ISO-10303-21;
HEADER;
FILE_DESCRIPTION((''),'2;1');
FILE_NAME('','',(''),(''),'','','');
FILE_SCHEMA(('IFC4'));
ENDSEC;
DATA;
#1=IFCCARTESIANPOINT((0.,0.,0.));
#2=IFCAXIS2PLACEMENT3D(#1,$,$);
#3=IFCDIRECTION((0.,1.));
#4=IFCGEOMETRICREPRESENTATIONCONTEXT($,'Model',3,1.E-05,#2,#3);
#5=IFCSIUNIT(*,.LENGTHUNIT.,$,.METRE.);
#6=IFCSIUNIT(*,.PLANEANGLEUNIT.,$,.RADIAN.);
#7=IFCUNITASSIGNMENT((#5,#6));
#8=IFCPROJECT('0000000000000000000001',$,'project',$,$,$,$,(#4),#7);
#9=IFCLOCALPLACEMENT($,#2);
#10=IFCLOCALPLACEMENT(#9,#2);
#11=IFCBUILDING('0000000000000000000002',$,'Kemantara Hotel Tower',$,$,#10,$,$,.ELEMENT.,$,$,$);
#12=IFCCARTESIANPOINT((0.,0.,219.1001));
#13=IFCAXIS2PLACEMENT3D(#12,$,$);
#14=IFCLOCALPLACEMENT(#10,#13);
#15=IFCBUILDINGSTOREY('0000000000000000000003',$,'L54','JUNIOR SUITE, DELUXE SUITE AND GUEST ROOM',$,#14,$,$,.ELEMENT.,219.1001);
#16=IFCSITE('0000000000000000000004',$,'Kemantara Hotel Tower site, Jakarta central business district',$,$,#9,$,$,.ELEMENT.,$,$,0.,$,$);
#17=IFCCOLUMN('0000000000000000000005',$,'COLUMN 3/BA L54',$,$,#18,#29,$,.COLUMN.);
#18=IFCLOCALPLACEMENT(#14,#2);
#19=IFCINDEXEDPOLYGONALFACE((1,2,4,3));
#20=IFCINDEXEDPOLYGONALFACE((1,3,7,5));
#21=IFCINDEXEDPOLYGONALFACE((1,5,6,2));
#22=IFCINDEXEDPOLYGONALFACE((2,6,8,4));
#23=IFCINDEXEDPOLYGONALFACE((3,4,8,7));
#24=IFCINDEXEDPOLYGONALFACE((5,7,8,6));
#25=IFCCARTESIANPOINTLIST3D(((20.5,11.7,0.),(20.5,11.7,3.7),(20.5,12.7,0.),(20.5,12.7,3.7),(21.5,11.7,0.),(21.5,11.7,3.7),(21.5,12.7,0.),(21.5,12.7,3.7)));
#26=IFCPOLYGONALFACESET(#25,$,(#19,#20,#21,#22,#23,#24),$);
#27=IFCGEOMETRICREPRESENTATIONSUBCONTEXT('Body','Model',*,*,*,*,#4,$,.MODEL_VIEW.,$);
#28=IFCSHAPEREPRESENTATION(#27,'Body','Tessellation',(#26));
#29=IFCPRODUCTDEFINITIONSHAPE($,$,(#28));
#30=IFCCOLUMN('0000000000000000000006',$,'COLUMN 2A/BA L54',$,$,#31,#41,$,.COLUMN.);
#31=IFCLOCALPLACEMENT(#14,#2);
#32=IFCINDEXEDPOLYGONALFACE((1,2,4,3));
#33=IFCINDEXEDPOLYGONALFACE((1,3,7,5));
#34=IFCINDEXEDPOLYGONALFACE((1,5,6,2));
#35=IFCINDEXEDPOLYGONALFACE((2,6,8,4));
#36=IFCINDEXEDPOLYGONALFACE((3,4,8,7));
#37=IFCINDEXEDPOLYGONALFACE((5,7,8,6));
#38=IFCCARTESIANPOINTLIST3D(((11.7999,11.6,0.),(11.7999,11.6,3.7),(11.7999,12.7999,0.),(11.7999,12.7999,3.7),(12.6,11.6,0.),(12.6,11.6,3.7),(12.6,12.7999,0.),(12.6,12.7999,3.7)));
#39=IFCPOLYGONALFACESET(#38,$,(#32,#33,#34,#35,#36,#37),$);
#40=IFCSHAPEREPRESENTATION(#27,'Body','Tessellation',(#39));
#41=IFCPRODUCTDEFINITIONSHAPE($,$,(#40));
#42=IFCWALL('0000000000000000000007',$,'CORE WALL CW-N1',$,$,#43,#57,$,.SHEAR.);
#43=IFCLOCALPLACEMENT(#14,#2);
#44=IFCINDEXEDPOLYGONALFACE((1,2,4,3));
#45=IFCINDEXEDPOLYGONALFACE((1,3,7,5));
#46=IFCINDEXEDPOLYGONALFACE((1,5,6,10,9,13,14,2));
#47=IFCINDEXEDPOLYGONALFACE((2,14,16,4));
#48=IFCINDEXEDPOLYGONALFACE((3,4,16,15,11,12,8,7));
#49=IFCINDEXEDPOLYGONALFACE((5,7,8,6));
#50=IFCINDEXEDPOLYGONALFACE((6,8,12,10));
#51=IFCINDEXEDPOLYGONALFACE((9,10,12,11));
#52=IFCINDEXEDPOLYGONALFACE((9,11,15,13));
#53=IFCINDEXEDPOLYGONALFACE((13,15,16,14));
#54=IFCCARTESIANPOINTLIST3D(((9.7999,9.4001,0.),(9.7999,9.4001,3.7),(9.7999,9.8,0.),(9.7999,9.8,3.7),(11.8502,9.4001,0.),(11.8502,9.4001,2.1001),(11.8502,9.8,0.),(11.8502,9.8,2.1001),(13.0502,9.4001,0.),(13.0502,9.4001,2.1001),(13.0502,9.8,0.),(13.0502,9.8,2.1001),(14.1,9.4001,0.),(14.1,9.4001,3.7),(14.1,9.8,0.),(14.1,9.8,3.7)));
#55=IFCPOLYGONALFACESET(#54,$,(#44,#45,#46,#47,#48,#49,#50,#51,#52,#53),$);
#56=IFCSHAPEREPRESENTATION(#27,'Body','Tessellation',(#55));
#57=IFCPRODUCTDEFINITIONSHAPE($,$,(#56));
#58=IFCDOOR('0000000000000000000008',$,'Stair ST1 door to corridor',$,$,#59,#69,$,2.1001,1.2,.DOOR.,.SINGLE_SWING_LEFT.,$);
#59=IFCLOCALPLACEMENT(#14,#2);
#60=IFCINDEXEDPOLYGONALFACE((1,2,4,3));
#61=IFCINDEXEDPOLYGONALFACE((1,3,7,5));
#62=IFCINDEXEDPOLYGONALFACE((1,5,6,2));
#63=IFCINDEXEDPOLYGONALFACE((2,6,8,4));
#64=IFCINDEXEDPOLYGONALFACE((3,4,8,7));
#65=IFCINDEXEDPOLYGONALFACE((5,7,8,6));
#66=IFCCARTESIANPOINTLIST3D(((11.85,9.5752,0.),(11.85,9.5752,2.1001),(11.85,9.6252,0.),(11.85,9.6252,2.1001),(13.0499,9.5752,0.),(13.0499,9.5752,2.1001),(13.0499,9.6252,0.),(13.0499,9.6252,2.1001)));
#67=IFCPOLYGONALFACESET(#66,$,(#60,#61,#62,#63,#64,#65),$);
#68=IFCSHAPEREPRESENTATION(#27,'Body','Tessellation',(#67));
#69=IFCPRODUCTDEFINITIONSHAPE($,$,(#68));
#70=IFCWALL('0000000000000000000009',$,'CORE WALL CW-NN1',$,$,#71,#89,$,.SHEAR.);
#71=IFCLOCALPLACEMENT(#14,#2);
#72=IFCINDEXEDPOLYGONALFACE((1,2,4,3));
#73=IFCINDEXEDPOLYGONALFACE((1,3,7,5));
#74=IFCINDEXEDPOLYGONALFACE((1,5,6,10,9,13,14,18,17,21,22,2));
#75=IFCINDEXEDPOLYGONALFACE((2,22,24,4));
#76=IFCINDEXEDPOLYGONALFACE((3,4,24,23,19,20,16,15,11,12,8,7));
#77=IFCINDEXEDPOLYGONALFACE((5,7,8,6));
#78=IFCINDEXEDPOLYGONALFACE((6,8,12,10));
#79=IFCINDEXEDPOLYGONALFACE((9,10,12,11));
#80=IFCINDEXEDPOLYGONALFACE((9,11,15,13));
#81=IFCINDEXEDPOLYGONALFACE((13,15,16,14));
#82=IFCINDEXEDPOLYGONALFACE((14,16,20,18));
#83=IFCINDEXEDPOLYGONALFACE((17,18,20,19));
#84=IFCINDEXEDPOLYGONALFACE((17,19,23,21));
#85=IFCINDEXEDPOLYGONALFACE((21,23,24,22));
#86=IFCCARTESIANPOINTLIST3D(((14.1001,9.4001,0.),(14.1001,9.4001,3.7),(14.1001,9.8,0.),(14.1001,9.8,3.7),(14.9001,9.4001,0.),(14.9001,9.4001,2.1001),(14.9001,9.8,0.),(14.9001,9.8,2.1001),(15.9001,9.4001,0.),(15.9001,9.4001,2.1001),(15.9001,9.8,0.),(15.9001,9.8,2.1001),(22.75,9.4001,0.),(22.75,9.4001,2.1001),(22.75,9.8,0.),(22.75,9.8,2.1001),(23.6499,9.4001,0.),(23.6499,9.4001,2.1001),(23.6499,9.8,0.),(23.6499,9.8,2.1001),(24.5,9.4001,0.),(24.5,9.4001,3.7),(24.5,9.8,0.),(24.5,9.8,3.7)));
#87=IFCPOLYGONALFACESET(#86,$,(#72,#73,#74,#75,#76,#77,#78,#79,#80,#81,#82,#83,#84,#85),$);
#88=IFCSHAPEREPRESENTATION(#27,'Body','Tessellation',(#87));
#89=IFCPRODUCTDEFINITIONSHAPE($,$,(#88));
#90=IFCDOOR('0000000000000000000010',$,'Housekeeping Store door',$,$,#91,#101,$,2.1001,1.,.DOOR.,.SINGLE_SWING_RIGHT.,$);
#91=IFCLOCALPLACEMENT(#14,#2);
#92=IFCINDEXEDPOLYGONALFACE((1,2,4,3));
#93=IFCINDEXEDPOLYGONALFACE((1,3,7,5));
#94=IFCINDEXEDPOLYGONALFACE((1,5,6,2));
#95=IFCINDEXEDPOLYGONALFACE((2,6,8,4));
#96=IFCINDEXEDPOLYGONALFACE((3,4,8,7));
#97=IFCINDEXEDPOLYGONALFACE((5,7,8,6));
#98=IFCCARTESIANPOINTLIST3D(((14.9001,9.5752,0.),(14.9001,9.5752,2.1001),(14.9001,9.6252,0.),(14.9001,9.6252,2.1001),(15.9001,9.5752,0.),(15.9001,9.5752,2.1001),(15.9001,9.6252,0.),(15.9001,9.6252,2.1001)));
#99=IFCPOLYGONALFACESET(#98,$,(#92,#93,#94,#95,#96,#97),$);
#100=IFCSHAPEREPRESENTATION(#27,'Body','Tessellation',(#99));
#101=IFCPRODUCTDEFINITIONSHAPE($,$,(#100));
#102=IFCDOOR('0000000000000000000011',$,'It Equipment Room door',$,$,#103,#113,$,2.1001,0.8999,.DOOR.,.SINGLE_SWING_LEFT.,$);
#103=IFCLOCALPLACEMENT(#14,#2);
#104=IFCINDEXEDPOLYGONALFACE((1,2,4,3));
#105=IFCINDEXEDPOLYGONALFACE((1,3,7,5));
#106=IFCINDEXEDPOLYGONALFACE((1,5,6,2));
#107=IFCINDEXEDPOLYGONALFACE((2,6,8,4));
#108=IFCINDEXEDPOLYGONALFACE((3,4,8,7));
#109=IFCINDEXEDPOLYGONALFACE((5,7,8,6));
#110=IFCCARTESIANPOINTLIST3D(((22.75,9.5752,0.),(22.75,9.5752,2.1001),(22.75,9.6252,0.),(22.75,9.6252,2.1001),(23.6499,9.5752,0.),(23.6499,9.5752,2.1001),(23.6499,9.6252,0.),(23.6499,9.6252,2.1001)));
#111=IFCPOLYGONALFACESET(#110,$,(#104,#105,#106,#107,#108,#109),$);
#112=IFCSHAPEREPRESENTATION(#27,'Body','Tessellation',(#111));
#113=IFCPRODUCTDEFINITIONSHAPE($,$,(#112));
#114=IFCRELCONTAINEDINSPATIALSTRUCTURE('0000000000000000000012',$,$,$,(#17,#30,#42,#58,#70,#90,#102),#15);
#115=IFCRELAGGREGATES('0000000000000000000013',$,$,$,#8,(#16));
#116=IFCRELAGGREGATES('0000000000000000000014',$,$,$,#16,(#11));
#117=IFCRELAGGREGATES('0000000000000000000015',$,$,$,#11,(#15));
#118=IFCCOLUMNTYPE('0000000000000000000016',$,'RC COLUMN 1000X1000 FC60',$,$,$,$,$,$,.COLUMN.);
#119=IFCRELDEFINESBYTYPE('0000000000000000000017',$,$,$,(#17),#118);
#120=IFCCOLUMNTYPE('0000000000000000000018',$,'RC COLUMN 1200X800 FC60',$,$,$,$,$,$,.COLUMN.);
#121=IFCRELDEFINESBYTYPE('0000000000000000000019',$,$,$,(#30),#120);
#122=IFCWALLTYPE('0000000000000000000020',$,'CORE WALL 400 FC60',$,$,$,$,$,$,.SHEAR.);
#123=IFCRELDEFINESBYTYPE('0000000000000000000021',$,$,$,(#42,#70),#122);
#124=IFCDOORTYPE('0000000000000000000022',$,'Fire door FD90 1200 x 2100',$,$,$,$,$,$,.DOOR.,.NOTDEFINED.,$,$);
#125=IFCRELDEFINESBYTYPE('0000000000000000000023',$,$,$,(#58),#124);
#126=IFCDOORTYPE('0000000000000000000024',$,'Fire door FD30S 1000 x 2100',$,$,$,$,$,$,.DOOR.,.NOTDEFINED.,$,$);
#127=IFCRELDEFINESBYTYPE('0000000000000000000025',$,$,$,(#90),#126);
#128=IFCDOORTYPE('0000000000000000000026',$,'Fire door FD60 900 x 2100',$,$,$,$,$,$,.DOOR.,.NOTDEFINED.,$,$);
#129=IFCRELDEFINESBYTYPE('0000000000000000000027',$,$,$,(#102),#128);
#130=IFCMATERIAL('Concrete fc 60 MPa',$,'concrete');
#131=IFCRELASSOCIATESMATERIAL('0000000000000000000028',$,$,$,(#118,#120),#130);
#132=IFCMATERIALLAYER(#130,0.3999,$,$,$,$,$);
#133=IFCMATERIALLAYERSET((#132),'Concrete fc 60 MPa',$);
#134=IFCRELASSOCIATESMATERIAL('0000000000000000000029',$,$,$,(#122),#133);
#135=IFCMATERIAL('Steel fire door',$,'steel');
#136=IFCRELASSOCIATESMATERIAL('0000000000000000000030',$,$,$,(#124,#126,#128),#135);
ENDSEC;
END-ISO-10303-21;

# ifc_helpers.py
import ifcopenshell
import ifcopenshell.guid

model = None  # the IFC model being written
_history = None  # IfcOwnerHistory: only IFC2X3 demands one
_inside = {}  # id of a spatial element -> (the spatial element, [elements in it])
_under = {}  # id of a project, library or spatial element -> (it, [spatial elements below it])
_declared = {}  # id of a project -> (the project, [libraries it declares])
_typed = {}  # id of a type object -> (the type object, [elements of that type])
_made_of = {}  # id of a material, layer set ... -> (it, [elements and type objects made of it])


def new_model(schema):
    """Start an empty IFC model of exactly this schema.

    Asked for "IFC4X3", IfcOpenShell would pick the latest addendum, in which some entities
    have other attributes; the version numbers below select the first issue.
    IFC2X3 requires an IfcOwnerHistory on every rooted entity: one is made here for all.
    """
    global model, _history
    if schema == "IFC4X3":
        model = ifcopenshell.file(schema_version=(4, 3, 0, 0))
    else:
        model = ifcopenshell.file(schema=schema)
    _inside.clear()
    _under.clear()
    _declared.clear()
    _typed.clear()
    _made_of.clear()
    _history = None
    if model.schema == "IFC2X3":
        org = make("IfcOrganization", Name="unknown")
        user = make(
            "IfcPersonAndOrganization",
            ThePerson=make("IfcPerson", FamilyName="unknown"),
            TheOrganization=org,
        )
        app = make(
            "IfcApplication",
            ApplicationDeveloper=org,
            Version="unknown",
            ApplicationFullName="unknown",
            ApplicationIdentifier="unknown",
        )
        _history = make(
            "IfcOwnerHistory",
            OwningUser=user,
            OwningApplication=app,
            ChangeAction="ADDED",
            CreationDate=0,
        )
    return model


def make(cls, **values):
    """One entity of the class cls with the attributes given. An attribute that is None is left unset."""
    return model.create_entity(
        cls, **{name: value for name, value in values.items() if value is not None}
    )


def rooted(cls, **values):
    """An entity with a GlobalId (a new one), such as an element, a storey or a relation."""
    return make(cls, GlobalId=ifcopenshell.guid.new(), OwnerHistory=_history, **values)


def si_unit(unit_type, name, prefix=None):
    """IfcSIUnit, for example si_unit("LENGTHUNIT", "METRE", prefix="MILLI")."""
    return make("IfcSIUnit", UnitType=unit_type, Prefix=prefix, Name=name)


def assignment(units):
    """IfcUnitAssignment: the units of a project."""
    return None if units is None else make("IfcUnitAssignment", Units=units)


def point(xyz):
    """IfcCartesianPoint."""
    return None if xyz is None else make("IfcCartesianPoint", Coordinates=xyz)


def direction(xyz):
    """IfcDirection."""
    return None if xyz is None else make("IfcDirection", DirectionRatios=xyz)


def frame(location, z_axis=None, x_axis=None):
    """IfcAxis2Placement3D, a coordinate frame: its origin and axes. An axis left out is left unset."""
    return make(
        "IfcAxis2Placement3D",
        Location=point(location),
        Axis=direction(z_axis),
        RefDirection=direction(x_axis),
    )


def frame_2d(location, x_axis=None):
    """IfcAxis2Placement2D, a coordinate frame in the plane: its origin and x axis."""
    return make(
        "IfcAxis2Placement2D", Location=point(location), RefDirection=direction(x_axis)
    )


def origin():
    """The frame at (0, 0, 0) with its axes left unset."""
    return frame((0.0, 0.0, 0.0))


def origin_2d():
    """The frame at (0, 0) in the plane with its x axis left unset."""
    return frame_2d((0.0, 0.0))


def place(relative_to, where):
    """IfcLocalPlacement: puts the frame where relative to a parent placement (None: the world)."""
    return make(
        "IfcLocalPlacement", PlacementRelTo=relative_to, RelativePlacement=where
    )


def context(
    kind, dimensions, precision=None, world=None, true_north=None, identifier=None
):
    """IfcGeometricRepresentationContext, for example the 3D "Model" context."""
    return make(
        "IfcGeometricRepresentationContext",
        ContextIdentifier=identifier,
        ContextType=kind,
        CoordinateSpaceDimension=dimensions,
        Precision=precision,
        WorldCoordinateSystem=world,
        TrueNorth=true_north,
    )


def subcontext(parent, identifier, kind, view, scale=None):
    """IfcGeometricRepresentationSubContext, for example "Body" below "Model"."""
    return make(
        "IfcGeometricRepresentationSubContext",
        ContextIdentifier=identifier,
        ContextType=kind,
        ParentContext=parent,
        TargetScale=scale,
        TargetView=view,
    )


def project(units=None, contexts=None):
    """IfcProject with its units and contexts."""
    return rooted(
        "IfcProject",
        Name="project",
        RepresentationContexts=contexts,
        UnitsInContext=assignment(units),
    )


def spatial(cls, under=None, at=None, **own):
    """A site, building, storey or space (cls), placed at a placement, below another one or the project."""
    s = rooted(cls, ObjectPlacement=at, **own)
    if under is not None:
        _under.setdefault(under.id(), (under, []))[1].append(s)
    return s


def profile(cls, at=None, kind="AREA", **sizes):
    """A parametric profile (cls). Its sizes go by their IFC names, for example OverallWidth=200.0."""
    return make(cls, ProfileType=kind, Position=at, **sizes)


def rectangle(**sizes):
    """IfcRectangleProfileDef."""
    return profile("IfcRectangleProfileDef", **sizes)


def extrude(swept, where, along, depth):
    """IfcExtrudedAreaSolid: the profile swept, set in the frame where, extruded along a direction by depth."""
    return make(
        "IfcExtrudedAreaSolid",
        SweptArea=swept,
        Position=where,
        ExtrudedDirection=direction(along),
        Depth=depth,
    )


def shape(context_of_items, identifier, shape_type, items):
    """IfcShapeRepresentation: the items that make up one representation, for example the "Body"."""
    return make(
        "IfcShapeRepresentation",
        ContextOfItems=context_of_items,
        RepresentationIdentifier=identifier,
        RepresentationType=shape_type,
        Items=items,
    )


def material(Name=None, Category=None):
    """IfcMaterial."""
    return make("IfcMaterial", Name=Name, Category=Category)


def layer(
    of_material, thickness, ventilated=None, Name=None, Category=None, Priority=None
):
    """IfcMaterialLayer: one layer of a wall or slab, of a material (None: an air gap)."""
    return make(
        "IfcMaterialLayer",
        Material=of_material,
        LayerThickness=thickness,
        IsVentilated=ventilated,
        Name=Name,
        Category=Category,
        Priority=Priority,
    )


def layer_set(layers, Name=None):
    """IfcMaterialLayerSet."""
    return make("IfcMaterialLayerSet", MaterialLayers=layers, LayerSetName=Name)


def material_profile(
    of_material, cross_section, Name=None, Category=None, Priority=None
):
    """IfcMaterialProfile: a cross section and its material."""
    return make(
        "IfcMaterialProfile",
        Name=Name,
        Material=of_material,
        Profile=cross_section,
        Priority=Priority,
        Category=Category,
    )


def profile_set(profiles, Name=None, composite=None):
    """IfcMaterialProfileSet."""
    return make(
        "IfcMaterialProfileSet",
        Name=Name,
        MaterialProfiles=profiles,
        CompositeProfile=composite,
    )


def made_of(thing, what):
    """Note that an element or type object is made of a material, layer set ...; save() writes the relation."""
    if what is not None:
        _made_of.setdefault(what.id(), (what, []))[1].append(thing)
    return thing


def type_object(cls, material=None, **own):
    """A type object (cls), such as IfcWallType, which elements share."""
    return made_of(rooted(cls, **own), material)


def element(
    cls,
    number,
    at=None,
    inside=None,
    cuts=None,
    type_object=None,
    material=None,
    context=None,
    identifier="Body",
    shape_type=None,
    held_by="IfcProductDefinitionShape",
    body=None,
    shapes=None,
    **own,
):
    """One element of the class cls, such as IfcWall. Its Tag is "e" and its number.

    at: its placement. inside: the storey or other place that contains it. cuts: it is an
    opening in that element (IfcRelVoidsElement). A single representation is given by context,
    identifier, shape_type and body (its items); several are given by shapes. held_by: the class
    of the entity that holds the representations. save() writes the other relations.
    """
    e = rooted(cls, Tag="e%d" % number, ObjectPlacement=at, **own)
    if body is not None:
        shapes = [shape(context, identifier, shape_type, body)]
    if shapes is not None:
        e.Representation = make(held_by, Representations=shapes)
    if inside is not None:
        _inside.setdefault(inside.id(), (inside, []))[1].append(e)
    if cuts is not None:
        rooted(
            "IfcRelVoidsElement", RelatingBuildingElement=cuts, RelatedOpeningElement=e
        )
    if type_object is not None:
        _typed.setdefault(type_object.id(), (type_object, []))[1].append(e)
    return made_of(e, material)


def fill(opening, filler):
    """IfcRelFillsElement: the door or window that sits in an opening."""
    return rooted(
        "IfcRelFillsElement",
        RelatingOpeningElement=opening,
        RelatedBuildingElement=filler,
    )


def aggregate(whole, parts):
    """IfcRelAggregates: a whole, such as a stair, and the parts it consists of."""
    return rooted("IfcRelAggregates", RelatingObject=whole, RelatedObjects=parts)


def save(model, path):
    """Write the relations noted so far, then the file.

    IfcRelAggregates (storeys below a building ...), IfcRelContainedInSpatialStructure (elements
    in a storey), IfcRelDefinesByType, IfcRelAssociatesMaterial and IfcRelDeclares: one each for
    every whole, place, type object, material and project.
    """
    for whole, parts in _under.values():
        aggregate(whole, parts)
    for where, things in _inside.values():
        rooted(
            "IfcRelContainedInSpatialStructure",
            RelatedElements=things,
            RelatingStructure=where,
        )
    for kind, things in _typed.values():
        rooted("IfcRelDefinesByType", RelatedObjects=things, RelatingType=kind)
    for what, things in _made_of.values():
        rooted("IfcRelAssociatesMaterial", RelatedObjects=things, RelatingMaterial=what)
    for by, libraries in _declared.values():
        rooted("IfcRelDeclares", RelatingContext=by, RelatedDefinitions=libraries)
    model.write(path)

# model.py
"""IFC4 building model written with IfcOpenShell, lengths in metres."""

from ifc_helpers import new_model, si_unit, direction, frame, frame_2d, origin, origin_2d, place, context, subcontext, project, spatial, rectangle, extrude, material, layer, layer_set, material_profile, profile_set, type_object, element, fill, save


model = new_model("IFC4")

# Units and contexts
model_context = context("Model", 3, precision=1e-05, world=origin(), true_north=direction((0.0, 1.0)))
body_context = subcontext(model_context, "Body", "Model", "MODEL_VIEW")
ifc_project = project(units=[si_unit("LENGTHUNIT", "METRE"), si_unit("PLANEANGLEUNIT", "RADIAN")], contexts=[model_context])

# Site, building, storey
site_placement = place(None, origin())
site = spatial("IfcSite", under=ifc_project, at=site_placement, Name="Kemantara Hotel Tower site, Jakarta central business district", CompositionType="ELEMENT", RefElevation=0.0)
building_placement = place(site_placement, origin())
building = spatial("IfcBuilding", under=site, at=building_placement, Name="Kemantara Hotel Tower", CompositionType="ELEMENT")
storey_placement = place(building_placement, frame((0.0, 0.0, 219.1001)))
storey = spatial("IfcBuildingStorey", under=building, at=storey_placement, Name="L54", Description="JUNIOR SUITE, DELUXE SUITE AND GUEST ROOM", CompositionType="ELEMENT", Elevation=219.1001)

# Columns
ifc_material_1 = material(Name="Concrete fc 60 MPa", Category="concrete")
ifc_material_profile_1 = material_profile(ifc_material_1, rectangle(XDim=1.0, YDim=1.0, at=origin_2d()), Name="RC 1000X1000")
ifc_profile_set_1 = profile_set([ifc_material_profile_1], Name="Concrete fc 60 MPa")
column_type_1 = type_object("IfcColumnType", Name="RC COLUMN 1000X1000 FC60", PredefinedType="COLUMN", material=ifc_profile_set_1)
column_1_placement = place(storey_placement, frame((21.0, 12.2, 0.0), z_axis=(0.0, 0.0, 1.0), x_axis=(1.0, 0.0, 0.0)))
element("IfcColumn", 1, at=column_1_placement, inside=storey, type_object=column_type_1, Name="COLUMN 3/BA L54", PredefinedType="COLUMN", context=body_context, shape_type="SweptSolid", body=[
    extrude(rectangle(XDim=1.0, YDim=1.0, at=origin_2d()), origin(), (0.0, 0.0, 1.0), 3.7),
])
ifc_material_profile_2 = material_profile(ifc_material_1, rectangle(XDim=1.2, YDim=0.8, at=origin_2d()), Name="RC 1200X800")
ifc_profile_set_2 = profile_set([ifc_material_profile_2], Name="Concrete fc 60 MPa")
column_type_2 = type_object("IfcColumnType", Name="RC COLUMN 1200X800 FC60", PredefinedType="COLUMN", material=ifc_profile_set_2)
column_2_placement = place(storey_placement, frame((12.2, 12.2, 0.0), z_axis=(0.0, 0.0, 1.0), x_axis=(0.0, 1.0, 0.0)))
element("IfcColumn", 2, at=column_2_placement, inside=storey, type_object=column_type_2, Name="COLUMN 2A/BA L54", PredefinedType="COLUMN", context=body_context, shape_type="SweptSolid", body=[
    extrude(rectangle(XDim=1.2, YDim=0.8, at=origin_2d()), origin(), (0.0, 0.0, 1.0), 3.7),
])

# Wall, opening, door
ifc_layer_1 = layer(ifc_material_1, 0.3999)
ifc_layer_set_1 = layer_set([ifc_layer_1], Name="Concrete fc 60 MPa")
wall_type_1 = type_object("IfcWallType", Name="CORE WALL 400 FC60", PredefinedType="SHEAR", material=ifc_layer_set_1)
wall_1_placement = place(storey_placement, frame((9.8, 9.6001, 0.0), z_axis=(0.0, 0.0, 1.0), x_axis=(1.0, 0.0, 0.0)))
wall_1 = element("IfcWall", 3, at=wall_1_placement, inside=storey, type_object=wall_type_1, Name="CORE WALL CW-N1", PredefinedType="SHEAR", context=body_context, shape_type="SweptSolid", body=[
    extrude(rectangle(XDim=4.3, YDim=0.3999, at=frame_2d((2.1499, 0.0))), origin(), (0.0, 0.0, 1.0), 3.7),
])
opening_1_placement = place(wall_1_placement, frame((2.05, 0.0, 0.0)))
opening_1 = element("IfcOpeningElement", 4, at=opening_1_placement, cuts=wall_1, PredefinedType="OPENING", context=body_context, shape_type="SweptSolid", body=[
    extrude(rectangle(XDim=1.2, YDim=2.1001, at=frame_2d((0.6001, 1.05))), frame((0.0, 0.21, 0.0), z_axis=(0.0, -1.0, 0.0), x_axis=(1.0, 0.0, 0.0)), (0.0, 0.0, 1.0), 0.4199),
])
ifc_material_2 = material(Name="Steel fire door", Category="steel")
door_type_1 = type_object("IfcDoorType", Name="Fire door FD90 1200 x 2100", OperationType="NOTDEFINED", PredefinedType="DOOR", material=ifc_material_2)
door_1_placement = place(opening_1_placement, frame((1.2, 0.0, 0.0), z_axis=(0.0, 0.0, 1.0), x_axis=(-1.0, 0.0, 0.0)))
door_1 = element("IfcDoor", 5, at=door_1_placement, inside=storey, type_object=door_type_1, Name="Stair ST1 door to corridor", OperationType="SINGLE_SWING_LEFT", OverallHeight=2.1001, OverallWidth=1.2, PredefinedType="DOOR", context=body_context, shape_type="SweptSolid", body=[
    extrude(rectangle(XDim=1.2, YDim=2.1001, at=frame_2d((0.6001, 1.05))), frame((0.0, 0.0249, 0.0), z_axis=(0.0, -1.0, 0.0), x_axis=(1.0, 0.0, 0.0)), (0.0, 0.0, 1.0), 0.05),
])
fill(opening_1, door_1)

# Wall, openings, doors
wall_2_placement = place(storey_placement, frame((14.1001, 9.6001, 0.0), z_axis=(0.0, 0.0, 1.0), x_axis=(1.0, 0.0, 0.0)))
wall_2 = element("IfcWall", 6, at=wall_2_placement, inside=storey, type_object=wall_type_1, Name="CORE WALL CW-NN1", PredefinedType="SHEAR", context=body_context, shape_type="SweptSolid", body=[
    extrude(rectangle(XDim=10.3999, YDim=0.3999, at=frame_2d((5.2, 0.0))), origin(), (0.0, 0.0, 1.0), 3.7),
])
opening_2_placement = place(wall_2_placement, frame((0.8, 0.0, 0.0)))
opening_2 = element("IfcOpeningElement", 7, at=opening_2_placement, cuts=wall_2, PredefinedType="OPENING", context=body_context, shape_type="SweptSolid", body=[
    extrude(rectangle(XDim=1.0, YDim=2.1001, at=frame_2d((0.5, 1.05))), frame((0.0, 0.21, 0.0), z_axis=(0.0, -1.0, 0.0), x_axis=(1.0, 0.0, 0.0)), (0.0, 0.0, 1.0), 0.4199),
])
opening_3_placement = place(wall_2_placement, frame((8.6499, 0.0, 0.0)))
opening_3 = element("IfcOpeningElement", 8, at=opening_3_placement, cuts=wall_2, PredefinedType="OPENING", context=body_context, shape_type="SweptSolid", body=[
    extrude(rectangle(XDim=0.8999, YDim=2.1001, at=frame_2d((0.45, 1.05))), frame((0.0, 0.21, 0.0), z_axis=(0.0, -1.0, 0.0), x_axis=(1.0, 0.0, 0.0)), (0.0, 0.0, 1.0), 0.4199),
])
door_type_2 = type_object("IfcDoorType", Name="Fire door FD30S 1000 x 2100", OperationType="NOTDEFINED", PredefinedType="DOOR", material=ifc_material_2)
door_2_placement = place(opening_2_placement, frame((1.0, 0.0, 0.0), z_axis=(0.0, 0.0, 1.0), x_axis=(-1.0, 0.0, 0.0)))
door_2 = element("IfcDoor", 9, at=door_2_placement, inside=storey, type_object=door_type_2, Name="Housekeeping Store door", OperationType="SINGLE_SWING_RIGHT", OverallHeight=2.1001, OverallWidth=1.0, PredefinedType="DOOR", context=body_context, shape_type="SweptSolid", body=[
    extrude(rectangle(XDim=1.0, YDim=2.1001, at=frame_2d((0.5, 1.05))), frame((0.0, 0.0249, 0.0), z_axis=(0.0, -1.0, 0.0), x_axis=(1.0, 0.0, 0.0)), (0.0, 0.0, 1.0), 0.05),
])
fill(opening_2, door_2)
door_type_3 = type_object("IfcDoorType", Name="Fire door FD60 900 x 2100", OperationType="NOTDEFINED", PredefinedType="DOOR", material=ifc_material_2)
door_3_placement = place(opening_3_placement, frame((0.8999, 0.0, 0.0), z_axis=(0.0, 0.0, 1.0), x_axis=(-1.0, 0.0, 0.0)))
door_3 = element("IfcDoor", 10, at=door_3_placement, inside=storey, type_object=door_type_3, Name="It Equipment Room door", OperationType="SINGLE_SWING_LEFT", OverallHeight=2.1001, OverallWidth=0.8999, PredefinedType="DOOR", context=body_context, shape_type="SweptSolid", body=[
    extrude(rectangle(XDim=0.8999, YDim=2.1001, at=frame_2d((0.45, 1.05))), frame((0.0, 0.0249, 0.0), z_axis=(0.0, -1.0, 0.0), x_axis=(1.0, 0.0, 0.0)), (0.0, 0.0, 1.0), 0.05),
])
fill(opening_3, door_3)

save(model, "model.ifc")
